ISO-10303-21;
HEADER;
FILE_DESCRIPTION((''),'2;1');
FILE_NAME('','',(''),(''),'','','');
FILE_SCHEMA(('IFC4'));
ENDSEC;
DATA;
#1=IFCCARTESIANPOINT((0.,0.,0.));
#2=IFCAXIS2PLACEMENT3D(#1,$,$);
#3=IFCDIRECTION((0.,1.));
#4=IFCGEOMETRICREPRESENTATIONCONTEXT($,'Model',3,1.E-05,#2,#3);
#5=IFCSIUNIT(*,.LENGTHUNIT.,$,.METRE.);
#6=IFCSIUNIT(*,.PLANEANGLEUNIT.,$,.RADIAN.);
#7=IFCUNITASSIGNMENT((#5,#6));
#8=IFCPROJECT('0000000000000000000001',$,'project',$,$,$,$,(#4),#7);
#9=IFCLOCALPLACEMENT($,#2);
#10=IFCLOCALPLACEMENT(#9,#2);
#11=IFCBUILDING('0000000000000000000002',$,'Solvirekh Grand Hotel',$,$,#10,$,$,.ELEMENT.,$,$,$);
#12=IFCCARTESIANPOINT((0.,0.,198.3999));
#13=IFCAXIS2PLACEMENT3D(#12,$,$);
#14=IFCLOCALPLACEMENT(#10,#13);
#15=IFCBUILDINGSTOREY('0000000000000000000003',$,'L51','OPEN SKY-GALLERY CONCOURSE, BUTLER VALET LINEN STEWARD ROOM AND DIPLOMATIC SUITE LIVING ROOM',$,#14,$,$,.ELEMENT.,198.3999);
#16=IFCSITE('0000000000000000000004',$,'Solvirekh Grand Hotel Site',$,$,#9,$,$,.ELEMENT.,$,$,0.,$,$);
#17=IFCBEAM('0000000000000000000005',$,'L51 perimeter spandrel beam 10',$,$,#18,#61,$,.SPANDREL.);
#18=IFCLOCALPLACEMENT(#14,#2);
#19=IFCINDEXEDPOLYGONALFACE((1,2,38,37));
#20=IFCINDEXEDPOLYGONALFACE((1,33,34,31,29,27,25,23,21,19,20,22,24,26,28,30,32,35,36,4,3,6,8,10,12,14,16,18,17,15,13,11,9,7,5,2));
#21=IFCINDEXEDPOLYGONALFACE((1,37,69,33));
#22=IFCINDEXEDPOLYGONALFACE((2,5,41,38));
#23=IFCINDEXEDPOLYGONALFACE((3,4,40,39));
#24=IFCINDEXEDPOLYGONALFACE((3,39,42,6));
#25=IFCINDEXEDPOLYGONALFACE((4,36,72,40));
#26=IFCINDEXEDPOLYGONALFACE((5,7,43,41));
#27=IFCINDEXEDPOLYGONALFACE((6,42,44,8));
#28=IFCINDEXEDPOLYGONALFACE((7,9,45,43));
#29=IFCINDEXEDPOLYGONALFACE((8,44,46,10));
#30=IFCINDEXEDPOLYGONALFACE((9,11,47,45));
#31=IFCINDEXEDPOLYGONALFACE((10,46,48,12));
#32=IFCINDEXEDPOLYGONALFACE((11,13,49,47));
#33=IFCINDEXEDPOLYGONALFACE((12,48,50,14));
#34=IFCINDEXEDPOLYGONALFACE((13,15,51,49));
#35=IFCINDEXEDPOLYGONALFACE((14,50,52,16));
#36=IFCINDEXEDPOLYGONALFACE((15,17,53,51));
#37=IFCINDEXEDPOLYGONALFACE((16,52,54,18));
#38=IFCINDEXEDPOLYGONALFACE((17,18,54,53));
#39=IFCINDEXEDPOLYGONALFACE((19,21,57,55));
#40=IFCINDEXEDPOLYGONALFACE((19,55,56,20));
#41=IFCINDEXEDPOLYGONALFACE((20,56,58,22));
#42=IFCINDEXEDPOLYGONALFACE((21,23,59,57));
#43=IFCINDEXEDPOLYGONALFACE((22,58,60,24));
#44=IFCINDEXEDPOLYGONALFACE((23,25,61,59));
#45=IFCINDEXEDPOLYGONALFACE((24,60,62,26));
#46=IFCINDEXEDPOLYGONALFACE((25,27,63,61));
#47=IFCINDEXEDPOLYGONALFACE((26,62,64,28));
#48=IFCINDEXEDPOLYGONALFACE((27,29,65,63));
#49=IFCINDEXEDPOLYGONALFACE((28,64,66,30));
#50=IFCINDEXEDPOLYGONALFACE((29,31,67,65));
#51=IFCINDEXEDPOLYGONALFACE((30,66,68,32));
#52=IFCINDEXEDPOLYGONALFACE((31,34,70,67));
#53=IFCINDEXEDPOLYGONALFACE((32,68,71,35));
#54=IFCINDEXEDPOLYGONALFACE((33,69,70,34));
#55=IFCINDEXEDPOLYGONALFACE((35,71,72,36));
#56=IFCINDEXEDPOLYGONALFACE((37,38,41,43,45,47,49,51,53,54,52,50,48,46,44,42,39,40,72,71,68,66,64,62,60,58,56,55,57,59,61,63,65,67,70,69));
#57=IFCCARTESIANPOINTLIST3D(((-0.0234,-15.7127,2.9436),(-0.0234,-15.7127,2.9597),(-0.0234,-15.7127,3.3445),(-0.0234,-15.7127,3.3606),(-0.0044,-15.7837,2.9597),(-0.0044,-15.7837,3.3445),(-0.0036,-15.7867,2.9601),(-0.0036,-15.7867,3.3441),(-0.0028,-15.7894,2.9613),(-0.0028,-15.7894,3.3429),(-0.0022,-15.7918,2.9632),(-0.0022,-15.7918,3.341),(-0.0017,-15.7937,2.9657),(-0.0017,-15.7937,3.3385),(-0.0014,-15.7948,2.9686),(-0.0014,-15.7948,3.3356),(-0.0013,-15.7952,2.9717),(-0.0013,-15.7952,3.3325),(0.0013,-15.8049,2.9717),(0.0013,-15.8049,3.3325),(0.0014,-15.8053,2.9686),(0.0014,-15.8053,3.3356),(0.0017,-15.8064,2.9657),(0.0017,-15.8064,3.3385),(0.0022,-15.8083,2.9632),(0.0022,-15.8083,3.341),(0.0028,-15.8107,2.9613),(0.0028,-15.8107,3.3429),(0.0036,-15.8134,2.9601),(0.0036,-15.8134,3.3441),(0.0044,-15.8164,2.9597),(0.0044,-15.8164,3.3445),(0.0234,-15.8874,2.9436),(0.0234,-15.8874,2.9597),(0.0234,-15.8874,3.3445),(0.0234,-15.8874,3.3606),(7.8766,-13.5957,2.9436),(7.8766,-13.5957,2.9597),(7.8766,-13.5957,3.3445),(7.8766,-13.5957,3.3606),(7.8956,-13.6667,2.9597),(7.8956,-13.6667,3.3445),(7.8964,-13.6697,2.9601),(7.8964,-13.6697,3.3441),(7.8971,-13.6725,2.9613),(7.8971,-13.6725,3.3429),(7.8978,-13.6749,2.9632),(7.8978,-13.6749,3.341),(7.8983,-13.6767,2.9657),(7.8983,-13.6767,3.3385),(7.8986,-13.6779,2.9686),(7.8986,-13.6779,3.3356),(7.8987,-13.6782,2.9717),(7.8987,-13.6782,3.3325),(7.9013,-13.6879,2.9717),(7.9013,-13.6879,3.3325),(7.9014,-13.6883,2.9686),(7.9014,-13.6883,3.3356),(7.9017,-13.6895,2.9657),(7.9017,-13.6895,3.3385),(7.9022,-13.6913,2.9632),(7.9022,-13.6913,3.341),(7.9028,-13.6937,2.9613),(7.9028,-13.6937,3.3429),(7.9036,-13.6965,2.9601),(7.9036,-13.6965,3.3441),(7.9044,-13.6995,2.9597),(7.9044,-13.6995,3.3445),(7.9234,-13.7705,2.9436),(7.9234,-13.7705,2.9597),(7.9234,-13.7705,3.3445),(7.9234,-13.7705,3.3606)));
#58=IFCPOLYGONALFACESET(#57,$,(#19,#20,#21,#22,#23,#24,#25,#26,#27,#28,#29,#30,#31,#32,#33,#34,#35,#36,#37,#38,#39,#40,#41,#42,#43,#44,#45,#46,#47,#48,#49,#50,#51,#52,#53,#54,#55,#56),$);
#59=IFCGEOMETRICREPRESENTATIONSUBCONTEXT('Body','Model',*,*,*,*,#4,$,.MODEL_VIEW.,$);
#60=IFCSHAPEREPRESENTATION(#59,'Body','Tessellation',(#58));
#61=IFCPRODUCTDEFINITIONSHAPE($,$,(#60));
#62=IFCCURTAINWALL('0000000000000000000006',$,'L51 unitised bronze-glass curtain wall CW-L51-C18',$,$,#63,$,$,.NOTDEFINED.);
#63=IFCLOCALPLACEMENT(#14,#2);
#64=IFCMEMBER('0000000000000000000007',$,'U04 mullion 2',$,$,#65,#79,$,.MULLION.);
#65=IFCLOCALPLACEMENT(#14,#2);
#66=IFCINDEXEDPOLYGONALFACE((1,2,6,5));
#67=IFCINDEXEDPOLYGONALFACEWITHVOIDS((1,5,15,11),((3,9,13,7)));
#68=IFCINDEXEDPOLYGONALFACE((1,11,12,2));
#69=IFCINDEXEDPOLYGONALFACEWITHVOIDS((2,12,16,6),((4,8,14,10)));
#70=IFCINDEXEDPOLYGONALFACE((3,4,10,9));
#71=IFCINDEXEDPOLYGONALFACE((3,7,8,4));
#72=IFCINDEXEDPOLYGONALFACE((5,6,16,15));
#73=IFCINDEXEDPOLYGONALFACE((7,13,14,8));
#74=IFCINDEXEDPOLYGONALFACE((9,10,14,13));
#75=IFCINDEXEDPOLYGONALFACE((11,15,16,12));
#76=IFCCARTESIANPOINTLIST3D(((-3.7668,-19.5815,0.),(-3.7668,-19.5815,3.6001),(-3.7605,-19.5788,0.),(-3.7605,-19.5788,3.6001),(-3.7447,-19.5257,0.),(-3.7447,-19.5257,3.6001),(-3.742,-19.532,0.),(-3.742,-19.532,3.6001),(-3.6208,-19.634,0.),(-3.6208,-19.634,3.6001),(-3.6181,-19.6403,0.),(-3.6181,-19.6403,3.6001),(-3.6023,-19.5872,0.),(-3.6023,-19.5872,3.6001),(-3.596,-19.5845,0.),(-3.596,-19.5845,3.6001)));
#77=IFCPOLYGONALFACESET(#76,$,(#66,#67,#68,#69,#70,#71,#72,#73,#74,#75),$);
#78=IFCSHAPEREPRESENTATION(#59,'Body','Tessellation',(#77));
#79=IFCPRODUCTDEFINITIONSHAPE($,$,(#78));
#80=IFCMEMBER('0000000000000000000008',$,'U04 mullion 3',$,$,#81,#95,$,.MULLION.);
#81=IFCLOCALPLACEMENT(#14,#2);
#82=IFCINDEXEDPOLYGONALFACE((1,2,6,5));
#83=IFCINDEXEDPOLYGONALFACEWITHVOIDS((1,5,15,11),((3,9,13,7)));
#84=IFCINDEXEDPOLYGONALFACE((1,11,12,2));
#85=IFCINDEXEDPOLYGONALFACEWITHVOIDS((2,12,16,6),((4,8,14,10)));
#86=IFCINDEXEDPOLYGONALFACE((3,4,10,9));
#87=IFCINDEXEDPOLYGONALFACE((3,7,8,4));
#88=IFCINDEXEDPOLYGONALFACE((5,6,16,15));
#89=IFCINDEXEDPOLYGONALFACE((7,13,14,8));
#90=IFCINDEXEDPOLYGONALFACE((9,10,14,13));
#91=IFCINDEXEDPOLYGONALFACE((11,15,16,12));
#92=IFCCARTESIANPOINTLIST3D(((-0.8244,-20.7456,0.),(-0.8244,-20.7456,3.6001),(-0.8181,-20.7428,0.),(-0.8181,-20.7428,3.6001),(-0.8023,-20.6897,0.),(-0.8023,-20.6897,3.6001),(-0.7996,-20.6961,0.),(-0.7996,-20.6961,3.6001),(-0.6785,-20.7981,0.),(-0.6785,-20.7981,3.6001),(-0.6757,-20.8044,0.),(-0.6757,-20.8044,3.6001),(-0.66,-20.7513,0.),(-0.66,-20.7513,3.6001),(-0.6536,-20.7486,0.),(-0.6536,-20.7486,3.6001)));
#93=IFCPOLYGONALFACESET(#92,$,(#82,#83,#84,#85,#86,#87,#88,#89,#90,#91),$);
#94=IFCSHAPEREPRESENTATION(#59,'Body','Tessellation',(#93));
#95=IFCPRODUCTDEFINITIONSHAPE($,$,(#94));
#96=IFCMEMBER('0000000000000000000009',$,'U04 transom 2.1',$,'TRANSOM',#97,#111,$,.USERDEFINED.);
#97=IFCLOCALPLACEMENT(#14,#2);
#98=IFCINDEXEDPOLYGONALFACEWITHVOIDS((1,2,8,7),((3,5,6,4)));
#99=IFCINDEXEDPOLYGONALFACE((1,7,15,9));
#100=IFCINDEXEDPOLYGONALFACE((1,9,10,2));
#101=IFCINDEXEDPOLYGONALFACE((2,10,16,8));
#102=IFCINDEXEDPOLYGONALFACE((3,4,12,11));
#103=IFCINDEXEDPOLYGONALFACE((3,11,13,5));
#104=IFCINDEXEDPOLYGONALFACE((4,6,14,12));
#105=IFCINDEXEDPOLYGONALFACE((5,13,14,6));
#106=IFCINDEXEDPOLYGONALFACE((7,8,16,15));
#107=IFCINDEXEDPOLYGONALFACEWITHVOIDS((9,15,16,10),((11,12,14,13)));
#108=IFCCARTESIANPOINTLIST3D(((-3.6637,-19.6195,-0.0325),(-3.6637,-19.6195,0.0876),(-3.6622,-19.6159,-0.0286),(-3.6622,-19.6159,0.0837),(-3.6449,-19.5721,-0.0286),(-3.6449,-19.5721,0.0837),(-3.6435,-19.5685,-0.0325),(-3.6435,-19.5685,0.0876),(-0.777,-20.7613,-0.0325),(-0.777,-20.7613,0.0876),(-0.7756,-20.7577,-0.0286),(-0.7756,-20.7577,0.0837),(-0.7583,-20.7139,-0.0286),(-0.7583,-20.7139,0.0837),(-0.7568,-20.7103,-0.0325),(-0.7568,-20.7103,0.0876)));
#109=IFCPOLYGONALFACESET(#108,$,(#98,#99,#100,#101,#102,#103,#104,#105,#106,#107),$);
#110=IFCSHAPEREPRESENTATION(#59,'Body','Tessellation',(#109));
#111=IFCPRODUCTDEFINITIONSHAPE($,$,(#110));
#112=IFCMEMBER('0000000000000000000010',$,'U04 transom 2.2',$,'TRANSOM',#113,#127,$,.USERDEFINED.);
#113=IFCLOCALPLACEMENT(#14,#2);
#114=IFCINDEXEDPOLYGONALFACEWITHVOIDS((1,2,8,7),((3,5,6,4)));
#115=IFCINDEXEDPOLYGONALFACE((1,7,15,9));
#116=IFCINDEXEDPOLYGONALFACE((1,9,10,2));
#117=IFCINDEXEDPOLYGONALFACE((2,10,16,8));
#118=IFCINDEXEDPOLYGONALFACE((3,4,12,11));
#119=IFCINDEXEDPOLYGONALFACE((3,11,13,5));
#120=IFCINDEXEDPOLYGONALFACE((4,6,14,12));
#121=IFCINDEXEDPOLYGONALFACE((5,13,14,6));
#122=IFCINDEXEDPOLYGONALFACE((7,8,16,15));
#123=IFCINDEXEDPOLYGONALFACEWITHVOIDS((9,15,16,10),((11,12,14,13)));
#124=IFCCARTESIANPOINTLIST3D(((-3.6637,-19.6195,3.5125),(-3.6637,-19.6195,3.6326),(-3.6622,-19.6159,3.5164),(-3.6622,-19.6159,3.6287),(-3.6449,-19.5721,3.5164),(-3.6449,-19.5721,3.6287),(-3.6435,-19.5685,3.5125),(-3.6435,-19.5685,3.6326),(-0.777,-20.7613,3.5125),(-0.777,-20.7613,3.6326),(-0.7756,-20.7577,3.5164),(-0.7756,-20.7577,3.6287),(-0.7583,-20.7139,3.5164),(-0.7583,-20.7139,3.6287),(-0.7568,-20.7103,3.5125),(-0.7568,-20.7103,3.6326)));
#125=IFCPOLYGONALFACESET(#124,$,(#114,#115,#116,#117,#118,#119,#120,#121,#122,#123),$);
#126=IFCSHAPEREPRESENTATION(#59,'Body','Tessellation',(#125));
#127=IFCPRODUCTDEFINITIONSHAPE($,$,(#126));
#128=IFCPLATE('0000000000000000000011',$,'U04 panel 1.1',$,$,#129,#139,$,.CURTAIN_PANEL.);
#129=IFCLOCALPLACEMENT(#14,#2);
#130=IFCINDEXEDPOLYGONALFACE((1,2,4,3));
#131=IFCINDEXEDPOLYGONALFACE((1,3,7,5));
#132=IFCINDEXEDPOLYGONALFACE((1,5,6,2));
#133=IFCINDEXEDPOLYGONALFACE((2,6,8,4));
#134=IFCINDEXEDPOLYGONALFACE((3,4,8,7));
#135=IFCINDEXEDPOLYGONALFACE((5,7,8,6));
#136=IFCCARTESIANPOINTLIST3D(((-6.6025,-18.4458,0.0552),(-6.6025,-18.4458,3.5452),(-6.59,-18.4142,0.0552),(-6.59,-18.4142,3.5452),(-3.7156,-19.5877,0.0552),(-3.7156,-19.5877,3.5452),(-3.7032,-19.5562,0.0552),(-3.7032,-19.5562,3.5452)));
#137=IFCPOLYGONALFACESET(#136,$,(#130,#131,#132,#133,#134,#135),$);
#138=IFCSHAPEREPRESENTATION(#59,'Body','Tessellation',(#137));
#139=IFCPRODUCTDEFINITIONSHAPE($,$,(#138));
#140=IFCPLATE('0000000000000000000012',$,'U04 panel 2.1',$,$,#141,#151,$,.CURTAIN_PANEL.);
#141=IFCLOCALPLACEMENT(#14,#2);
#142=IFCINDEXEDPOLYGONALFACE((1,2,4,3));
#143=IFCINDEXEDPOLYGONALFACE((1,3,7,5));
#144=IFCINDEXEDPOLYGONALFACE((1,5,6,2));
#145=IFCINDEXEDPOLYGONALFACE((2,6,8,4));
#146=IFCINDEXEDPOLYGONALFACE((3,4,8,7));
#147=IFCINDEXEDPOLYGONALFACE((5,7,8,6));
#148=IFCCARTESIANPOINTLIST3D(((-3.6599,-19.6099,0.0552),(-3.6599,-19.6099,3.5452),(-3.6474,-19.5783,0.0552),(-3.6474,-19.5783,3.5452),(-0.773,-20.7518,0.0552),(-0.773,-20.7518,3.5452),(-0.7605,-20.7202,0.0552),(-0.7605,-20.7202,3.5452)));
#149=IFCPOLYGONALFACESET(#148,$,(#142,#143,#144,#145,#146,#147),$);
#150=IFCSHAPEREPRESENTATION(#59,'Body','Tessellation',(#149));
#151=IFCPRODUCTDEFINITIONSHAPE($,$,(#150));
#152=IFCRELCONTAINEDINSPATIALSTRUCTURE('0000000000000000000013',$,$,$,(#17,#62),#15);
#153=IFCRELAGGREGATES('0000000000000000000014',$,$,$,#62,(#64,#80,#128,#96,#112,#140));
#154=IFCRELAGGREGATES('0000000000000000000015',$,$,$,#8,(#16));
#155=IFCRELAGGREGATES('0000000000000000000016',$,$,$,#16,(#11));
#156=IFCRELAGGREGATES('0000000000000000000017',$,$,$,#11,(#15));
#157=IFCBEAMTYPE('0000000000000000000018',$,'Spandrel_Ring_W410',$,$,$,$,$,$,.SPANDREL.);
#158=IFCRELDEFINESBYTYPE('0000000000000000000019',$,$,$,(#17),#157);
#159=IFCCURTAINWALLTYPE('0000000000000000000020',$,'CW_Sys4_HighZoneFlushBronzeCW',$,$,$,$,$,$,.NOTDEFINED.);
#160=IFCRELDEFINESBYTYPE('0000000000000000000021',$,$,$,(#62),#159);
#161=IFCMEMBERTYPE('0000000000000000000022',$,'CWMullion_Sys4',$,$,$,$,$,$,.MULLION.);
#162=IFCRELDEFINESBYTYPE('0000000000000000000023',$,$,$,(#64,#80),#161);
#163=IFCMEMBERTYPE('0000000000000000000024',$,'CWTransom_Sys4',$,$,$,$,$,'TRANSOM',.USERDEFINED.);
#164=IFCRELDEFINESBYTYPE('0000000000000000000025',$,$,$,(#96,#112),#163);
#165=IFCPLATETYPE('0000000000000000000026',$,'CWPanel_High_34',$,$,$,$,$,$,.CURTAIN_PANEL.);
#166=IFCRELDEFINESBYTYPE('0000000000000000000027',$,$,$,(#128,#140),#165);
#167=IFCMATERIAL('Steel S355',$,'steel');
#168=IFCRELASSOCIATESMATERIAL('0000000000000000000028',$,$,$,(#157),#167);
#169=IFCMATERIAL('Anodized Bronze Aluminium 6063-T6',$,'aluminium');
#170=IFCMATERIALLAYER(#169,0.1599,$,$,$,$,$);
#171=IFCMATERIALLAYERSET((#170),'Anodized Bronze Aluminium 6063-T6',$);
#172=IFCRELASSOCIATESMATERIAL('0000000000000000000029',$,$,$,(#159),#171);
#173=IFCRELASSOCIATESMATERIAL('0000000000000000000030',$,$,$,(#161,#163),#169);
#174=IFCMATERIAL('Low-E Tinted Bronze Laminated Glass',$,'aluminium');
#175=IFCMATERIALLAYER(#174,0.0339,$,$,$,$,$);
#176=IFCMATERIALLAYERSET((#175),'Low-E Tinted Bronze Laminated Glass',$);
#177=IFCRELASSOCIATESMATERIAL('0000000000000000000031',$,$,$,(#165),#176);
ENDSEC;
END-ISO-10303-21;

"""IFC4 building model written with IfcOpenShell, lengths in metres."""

from ifc_helpers import new_model, si_unit, direction, frame, origin, origin_2d, place, context, subcontext, project, spatial, rectangle, hollow_rectangle, i_section, extrude, source, transform, mapped, material, layer, layer_set, material_profile, profile_set, type_object, element, aggregate, save


model = new_model("IFC4")

# Units and contexts
model_context = context("Model", 3, precision=1e-05, world=origin(), true_north=direction((0.0, 1.0)))
body_context = subcontext(model_context, "Body", "Model", "MODEL_VIEW")
ifc_project = project(units=[si_unit("LENGTHUNIT", "METRE"), si_unit("PLANEANGLEUNIT", "RADIAN")], contexts=[model_context])

# Site, building, storey
site_placement = place(None, origin())
site = spatial("IfcSite", under=ifc_project, at=site_placement, Name="Solvirekh Grand Hotel Site", CompositionType="ELEMENT", RefElevation=0.0)
building_placement = place(site_placement, origin())
building = spatial("IfcBuilding", under=site, at=building_placement, Name="Solvirekh Grand Hotel", CompositionType="ELEMENT")
storey_placement = place(building_placement, frame((0.0, 0.0, 198.3999)))
storey = spatial("IfcBuildingStorey", under=building, at=storey_placement, Name="L51", Description="OPEN SKY-GALLERY CONCOURSE, BUTLER VALET LINEN STEWARD ROOM AND DIPLOMATIC SUITE LIVING ROOM", CompositionType="ELEMENT", Elevation=198.3999)

# Beam
ifc_material_1 = material(Name="Steel S355", Category="steel")
ifc_material_profile_1 = material_profile(ifc_material_1, i_section(OverallWidth=0.1809, OverallDepth=0.417, WebThickness=0.01, FlangeThickness=0.0161, FilletRadius=0.012, at=origin_2d()), Name="W410X85")
ifc_profile_set_1 = profile_set([ifc_material_profile_1], Name="Steel S355")
beam_type_1 = type_object("IfcBeamType", Name="Spandrel_Ring_W410", PredefinedType="SPANDREL", material=ifc_profile_set_1)
beam_1_placement = place(storey_placement, frame((0.0, -15.8, 3.1521), z_axis=(0.965921, 0.258839, 0.0), x_axis=(-0.258839, 0.965921, 0.0)))
element("IfcBeam", 1, at=beam_1_placement, inside=storey, type_object=beam_type_1, Name="L51 perimeter spandrel beam 10", PredefinedType="SPANDREL", context=body_context, shape_type="SweptSolid", body=[
    extrude(i_section(OverallWidth=0.1809, OverallDepth=0.417, WebThickness=0.01, FlangeThickness=0.0161, FilletRadius=0.012, at=origin_2d()), origin(), (0.0, 0.0, 1.0), 8.1787),
])

# Curtain wall, members, plates
ifc_material_2 = material(Name="Anodized Bronze Aluminium 6063-T6", Category="aluminium")
ifc_layer_1 = layer(ifc_material_2, 0.1599)
ifc_layer_set_1 = layer_set([ifc_layer_1], Name="Anodized Bronze Aluminium 6063-T6")
curtain_wall_type = type_object("IfcCurtainWallType", Name="CW_Sys4_HighZoneFlushBronzeCW", PredefinedType="NOTDEFINED", material=ifc_layer_set_1)
curtain_wall_placement = place(storey_placement, origin())
curtain_wall = element("IfcCurtainWall", 2, at=curtain_wall_placement, inside=storey, type_object=curtain_wall_type, Name="L51 unitised bronze-glass curtain wall CW-L51-C18", PredefinedType="NOTDEFINED")
ifc_material_profile_2 = material_profile(ifc_material_2, hollow_rectangle(XDim=0.0601, YDim=0.1599, WallThickness=0.0049, at=origin_2d()), Name="ALU RHS 160X60X5")
ifc_profile_set_2 = profile_set([ifc_material_profile_2], Name="Anodized Bronze Aluminium 6063-T6")
member_type_1 = type_object("IfcMemberType", Name="CWMullion_Sys4", PredefinedType="MULLION", material=ifc_profile_set_2)
shared_shape_1 = source(origin(), body_context, "Body", "SweptSolid", [
    extrude(hollow_rectangle(XDim=0.0601, YDim=0.1599, WallThickness=0.0049, at=origin_2d()), origin(), (0.0, 0.0, 1.0), 3.6001),
])
member_1_placement = place(storey_placement, frame((-3.6814, -19.583, 0.0), z_axis=(0.0, 0.0, 1.0), x_axis=(0.367826, 0.929895, 0.0)))
member_1 = element("IfcMember", 3, at=member_1_placement, type_object=member_type_1, Name="U04 mullion 2", PredefinedType="MULLION", context=body_context, shape_type="MappedRepresentation", body=[
    mapped(shared_shape_1, transform((0.0, 0.0, 0.0), x_axis=(1.0, 0.0, 0.0), y_axis=(0.0, 1.0, 0.0), z_axis=(0.0, 0.0, 1.0), scale=1.0)),
])
member_2_placement = place(storey_placement, frame((-0.739, -20.7471, 0.0), z_axis=(0.0, 0.0, 1.0), x_axis=(0.367826, 0.929895, 0.0)))
member_2 = element("IfcMember", 4, at=member_2_placement, type_object=member_type_1, Name="U04 mullion 3", PredefinedType="MULLION", context=body_context, shape_type="MappedRepresentation", body=[
    mapped(shared_shape_1, transform((0.0, 0.0, 0.0), x_axis=(1.0, 0.0, 0.0), y_axis=(0.0, 1.0, 0.0), z_axis=(0.0, 0.0, 1.0), scale=1.0)),
])
ifc_material_profile_3 = material_profile(ifc_material_2, hollow_rectangle(XDim=0.0549, YDim=0.1201, WallThickness=0.0039, at=origin_2d()), Name="ALU RHS 120X55X4")
ifc_profile_set_3 = profile_set([ifc_material_profile_3], Name="Anodized Bronze Aluminium 6063-T6")
member_type_2 = type_object("IfcMemberType", Name="CWTransom_Sys4", ElementType="TRANSOM", PredefinedType="USERDEFINED", material=ifc_profile_set_3)
shared_shape_2 = source(origin(), body_context, "Body", "SweptSolid", [
    extrude(hollow_rectangle(XDim=0.0549, YDim=0.1201, WallThickness=0.0039, at=origin_2d()), origin(), (0.0, 0.0, 1.0), 3.1042),
])
member_3_placement = place(storey_placement, frame((-3.6536, -19.594, 0.0276), z_axis=(0.929896, -0.367822, 0.0), x_axis=(0.367822, 0.929896, 0.0)))
member_3 = element("IfcMember", 5, at=member_3_placement, type_object=member_type_2, Name="U04 transom 2.1", ObjectType="TRANSOM", PredefinedType="USERDEFINED", context=body_context, shape_type="MappedRepresentation", body=[
    mapped(shared_shape_2, transform((0.0, 0.0, 0.0), x_axis=(1.0, 0.0, 0.0), y_axis=(0.0, 1.0, 0.0), z_axis=(0.0, 0.0, 1.0), scale=1.0)),
])
member_4_placement = place(storey_placement, frame((-3.6536, -19.594, 3.5725), z_axis=(0.929896, -0.367822, 0.0), x_axis=(0.367822, 0.929896, 0.0)))
member_4 = element("IfcMember", 6, at=member_4_placement, type_object=member_type_2, Name="U04 transom 2.2", ObjectType="TRANSOM", PredefinedType="USERDEFINED", context=body_context, shape_type="MappedRepresentation", body=[
    mapped(shared_shape_2, transform((0.0, 0.0, 0.0), x_axis=(1.0, 0.0, 0.0), y_axis=(0.0, 1.0, 0.0), z_axis=(0.0, 0.0, 1.0), scale=1.0)),
])
ifc_material_3 = material(Name="Low-E Tinted Bronze Laminated Glass", Category="aluminium")
ifc_layer_2 = layer(ifc_material_3, 0.0339)
ifc_layer_set_2 = layer_set([ifc_layer_2], Name="Low-E Tinted Bronze Laminated Glass")
plate_type = type_object("IfcPlateType", Name="CWPanel_High_34", PredefinedType="CURTAIN_PANEL", material=ifc_layer_set_2)
shared_shape_3 = source(origin(), body_context, "Body", "SweptSolid", [
    extrude(rectangle(XDim=3.1045, YDim=0.0339, at=origin_2d()), origin(), (0.0, 0.0, 1.0), 3.49),
])
plate_1_placement = place(storey_placement, frame((-5.1528, -19.001, 0.0552), z_axis=(0.0, 0.0, 1.0), x_axis=(0.929895, -0.367826, 0.0)))
plate_1 = element("IfcPlate", 7, at=plate_1_placement, type_object=plate_type, Name="U04 panel 1.1", PredefinedType="CURTAIN_PANEL", context=body_context, shape_type="MappedRepresentation", body=[
    mapped(shared_shape_3, transform((0.0, 0.0, 0.0), x_axis=(1.0, 0.0, 0.0), y_axis=(0.0, 1.0, 0.0), z_axis=(0.0, 0.0, 1.0), scale=1.0)),
])
plate_2_placement = place(storey_placement, frame((-2.2102, -20.165, 0.0552), z_axis=(0.0, 0.0, 1.0), x_axis=(0.929895, -0.367826, 0.0)))
plate_2 = element("IfcPlate", 8, at=plate_2_placement, type_object=plate_type, Name="U04 panel 2.1", PredefinedType="CURTAIN_PANEL", context=body_context, shape_type="MappedRepresentation", body=[
    mapped(shared_shape_3, transform((0.0, 0.0, 0.0), x_axis=(1.0, 0.0, 0.0), y_axis=(0.0, 1.0, 0.0), z_axis=(0.0, 0.0, 1.0), scale=1.0)),
])
aggregate(curtain_wall, [member_1, member_2, plate_1, member_3, member_4, plate_2])

save(model, "model.ifc")
